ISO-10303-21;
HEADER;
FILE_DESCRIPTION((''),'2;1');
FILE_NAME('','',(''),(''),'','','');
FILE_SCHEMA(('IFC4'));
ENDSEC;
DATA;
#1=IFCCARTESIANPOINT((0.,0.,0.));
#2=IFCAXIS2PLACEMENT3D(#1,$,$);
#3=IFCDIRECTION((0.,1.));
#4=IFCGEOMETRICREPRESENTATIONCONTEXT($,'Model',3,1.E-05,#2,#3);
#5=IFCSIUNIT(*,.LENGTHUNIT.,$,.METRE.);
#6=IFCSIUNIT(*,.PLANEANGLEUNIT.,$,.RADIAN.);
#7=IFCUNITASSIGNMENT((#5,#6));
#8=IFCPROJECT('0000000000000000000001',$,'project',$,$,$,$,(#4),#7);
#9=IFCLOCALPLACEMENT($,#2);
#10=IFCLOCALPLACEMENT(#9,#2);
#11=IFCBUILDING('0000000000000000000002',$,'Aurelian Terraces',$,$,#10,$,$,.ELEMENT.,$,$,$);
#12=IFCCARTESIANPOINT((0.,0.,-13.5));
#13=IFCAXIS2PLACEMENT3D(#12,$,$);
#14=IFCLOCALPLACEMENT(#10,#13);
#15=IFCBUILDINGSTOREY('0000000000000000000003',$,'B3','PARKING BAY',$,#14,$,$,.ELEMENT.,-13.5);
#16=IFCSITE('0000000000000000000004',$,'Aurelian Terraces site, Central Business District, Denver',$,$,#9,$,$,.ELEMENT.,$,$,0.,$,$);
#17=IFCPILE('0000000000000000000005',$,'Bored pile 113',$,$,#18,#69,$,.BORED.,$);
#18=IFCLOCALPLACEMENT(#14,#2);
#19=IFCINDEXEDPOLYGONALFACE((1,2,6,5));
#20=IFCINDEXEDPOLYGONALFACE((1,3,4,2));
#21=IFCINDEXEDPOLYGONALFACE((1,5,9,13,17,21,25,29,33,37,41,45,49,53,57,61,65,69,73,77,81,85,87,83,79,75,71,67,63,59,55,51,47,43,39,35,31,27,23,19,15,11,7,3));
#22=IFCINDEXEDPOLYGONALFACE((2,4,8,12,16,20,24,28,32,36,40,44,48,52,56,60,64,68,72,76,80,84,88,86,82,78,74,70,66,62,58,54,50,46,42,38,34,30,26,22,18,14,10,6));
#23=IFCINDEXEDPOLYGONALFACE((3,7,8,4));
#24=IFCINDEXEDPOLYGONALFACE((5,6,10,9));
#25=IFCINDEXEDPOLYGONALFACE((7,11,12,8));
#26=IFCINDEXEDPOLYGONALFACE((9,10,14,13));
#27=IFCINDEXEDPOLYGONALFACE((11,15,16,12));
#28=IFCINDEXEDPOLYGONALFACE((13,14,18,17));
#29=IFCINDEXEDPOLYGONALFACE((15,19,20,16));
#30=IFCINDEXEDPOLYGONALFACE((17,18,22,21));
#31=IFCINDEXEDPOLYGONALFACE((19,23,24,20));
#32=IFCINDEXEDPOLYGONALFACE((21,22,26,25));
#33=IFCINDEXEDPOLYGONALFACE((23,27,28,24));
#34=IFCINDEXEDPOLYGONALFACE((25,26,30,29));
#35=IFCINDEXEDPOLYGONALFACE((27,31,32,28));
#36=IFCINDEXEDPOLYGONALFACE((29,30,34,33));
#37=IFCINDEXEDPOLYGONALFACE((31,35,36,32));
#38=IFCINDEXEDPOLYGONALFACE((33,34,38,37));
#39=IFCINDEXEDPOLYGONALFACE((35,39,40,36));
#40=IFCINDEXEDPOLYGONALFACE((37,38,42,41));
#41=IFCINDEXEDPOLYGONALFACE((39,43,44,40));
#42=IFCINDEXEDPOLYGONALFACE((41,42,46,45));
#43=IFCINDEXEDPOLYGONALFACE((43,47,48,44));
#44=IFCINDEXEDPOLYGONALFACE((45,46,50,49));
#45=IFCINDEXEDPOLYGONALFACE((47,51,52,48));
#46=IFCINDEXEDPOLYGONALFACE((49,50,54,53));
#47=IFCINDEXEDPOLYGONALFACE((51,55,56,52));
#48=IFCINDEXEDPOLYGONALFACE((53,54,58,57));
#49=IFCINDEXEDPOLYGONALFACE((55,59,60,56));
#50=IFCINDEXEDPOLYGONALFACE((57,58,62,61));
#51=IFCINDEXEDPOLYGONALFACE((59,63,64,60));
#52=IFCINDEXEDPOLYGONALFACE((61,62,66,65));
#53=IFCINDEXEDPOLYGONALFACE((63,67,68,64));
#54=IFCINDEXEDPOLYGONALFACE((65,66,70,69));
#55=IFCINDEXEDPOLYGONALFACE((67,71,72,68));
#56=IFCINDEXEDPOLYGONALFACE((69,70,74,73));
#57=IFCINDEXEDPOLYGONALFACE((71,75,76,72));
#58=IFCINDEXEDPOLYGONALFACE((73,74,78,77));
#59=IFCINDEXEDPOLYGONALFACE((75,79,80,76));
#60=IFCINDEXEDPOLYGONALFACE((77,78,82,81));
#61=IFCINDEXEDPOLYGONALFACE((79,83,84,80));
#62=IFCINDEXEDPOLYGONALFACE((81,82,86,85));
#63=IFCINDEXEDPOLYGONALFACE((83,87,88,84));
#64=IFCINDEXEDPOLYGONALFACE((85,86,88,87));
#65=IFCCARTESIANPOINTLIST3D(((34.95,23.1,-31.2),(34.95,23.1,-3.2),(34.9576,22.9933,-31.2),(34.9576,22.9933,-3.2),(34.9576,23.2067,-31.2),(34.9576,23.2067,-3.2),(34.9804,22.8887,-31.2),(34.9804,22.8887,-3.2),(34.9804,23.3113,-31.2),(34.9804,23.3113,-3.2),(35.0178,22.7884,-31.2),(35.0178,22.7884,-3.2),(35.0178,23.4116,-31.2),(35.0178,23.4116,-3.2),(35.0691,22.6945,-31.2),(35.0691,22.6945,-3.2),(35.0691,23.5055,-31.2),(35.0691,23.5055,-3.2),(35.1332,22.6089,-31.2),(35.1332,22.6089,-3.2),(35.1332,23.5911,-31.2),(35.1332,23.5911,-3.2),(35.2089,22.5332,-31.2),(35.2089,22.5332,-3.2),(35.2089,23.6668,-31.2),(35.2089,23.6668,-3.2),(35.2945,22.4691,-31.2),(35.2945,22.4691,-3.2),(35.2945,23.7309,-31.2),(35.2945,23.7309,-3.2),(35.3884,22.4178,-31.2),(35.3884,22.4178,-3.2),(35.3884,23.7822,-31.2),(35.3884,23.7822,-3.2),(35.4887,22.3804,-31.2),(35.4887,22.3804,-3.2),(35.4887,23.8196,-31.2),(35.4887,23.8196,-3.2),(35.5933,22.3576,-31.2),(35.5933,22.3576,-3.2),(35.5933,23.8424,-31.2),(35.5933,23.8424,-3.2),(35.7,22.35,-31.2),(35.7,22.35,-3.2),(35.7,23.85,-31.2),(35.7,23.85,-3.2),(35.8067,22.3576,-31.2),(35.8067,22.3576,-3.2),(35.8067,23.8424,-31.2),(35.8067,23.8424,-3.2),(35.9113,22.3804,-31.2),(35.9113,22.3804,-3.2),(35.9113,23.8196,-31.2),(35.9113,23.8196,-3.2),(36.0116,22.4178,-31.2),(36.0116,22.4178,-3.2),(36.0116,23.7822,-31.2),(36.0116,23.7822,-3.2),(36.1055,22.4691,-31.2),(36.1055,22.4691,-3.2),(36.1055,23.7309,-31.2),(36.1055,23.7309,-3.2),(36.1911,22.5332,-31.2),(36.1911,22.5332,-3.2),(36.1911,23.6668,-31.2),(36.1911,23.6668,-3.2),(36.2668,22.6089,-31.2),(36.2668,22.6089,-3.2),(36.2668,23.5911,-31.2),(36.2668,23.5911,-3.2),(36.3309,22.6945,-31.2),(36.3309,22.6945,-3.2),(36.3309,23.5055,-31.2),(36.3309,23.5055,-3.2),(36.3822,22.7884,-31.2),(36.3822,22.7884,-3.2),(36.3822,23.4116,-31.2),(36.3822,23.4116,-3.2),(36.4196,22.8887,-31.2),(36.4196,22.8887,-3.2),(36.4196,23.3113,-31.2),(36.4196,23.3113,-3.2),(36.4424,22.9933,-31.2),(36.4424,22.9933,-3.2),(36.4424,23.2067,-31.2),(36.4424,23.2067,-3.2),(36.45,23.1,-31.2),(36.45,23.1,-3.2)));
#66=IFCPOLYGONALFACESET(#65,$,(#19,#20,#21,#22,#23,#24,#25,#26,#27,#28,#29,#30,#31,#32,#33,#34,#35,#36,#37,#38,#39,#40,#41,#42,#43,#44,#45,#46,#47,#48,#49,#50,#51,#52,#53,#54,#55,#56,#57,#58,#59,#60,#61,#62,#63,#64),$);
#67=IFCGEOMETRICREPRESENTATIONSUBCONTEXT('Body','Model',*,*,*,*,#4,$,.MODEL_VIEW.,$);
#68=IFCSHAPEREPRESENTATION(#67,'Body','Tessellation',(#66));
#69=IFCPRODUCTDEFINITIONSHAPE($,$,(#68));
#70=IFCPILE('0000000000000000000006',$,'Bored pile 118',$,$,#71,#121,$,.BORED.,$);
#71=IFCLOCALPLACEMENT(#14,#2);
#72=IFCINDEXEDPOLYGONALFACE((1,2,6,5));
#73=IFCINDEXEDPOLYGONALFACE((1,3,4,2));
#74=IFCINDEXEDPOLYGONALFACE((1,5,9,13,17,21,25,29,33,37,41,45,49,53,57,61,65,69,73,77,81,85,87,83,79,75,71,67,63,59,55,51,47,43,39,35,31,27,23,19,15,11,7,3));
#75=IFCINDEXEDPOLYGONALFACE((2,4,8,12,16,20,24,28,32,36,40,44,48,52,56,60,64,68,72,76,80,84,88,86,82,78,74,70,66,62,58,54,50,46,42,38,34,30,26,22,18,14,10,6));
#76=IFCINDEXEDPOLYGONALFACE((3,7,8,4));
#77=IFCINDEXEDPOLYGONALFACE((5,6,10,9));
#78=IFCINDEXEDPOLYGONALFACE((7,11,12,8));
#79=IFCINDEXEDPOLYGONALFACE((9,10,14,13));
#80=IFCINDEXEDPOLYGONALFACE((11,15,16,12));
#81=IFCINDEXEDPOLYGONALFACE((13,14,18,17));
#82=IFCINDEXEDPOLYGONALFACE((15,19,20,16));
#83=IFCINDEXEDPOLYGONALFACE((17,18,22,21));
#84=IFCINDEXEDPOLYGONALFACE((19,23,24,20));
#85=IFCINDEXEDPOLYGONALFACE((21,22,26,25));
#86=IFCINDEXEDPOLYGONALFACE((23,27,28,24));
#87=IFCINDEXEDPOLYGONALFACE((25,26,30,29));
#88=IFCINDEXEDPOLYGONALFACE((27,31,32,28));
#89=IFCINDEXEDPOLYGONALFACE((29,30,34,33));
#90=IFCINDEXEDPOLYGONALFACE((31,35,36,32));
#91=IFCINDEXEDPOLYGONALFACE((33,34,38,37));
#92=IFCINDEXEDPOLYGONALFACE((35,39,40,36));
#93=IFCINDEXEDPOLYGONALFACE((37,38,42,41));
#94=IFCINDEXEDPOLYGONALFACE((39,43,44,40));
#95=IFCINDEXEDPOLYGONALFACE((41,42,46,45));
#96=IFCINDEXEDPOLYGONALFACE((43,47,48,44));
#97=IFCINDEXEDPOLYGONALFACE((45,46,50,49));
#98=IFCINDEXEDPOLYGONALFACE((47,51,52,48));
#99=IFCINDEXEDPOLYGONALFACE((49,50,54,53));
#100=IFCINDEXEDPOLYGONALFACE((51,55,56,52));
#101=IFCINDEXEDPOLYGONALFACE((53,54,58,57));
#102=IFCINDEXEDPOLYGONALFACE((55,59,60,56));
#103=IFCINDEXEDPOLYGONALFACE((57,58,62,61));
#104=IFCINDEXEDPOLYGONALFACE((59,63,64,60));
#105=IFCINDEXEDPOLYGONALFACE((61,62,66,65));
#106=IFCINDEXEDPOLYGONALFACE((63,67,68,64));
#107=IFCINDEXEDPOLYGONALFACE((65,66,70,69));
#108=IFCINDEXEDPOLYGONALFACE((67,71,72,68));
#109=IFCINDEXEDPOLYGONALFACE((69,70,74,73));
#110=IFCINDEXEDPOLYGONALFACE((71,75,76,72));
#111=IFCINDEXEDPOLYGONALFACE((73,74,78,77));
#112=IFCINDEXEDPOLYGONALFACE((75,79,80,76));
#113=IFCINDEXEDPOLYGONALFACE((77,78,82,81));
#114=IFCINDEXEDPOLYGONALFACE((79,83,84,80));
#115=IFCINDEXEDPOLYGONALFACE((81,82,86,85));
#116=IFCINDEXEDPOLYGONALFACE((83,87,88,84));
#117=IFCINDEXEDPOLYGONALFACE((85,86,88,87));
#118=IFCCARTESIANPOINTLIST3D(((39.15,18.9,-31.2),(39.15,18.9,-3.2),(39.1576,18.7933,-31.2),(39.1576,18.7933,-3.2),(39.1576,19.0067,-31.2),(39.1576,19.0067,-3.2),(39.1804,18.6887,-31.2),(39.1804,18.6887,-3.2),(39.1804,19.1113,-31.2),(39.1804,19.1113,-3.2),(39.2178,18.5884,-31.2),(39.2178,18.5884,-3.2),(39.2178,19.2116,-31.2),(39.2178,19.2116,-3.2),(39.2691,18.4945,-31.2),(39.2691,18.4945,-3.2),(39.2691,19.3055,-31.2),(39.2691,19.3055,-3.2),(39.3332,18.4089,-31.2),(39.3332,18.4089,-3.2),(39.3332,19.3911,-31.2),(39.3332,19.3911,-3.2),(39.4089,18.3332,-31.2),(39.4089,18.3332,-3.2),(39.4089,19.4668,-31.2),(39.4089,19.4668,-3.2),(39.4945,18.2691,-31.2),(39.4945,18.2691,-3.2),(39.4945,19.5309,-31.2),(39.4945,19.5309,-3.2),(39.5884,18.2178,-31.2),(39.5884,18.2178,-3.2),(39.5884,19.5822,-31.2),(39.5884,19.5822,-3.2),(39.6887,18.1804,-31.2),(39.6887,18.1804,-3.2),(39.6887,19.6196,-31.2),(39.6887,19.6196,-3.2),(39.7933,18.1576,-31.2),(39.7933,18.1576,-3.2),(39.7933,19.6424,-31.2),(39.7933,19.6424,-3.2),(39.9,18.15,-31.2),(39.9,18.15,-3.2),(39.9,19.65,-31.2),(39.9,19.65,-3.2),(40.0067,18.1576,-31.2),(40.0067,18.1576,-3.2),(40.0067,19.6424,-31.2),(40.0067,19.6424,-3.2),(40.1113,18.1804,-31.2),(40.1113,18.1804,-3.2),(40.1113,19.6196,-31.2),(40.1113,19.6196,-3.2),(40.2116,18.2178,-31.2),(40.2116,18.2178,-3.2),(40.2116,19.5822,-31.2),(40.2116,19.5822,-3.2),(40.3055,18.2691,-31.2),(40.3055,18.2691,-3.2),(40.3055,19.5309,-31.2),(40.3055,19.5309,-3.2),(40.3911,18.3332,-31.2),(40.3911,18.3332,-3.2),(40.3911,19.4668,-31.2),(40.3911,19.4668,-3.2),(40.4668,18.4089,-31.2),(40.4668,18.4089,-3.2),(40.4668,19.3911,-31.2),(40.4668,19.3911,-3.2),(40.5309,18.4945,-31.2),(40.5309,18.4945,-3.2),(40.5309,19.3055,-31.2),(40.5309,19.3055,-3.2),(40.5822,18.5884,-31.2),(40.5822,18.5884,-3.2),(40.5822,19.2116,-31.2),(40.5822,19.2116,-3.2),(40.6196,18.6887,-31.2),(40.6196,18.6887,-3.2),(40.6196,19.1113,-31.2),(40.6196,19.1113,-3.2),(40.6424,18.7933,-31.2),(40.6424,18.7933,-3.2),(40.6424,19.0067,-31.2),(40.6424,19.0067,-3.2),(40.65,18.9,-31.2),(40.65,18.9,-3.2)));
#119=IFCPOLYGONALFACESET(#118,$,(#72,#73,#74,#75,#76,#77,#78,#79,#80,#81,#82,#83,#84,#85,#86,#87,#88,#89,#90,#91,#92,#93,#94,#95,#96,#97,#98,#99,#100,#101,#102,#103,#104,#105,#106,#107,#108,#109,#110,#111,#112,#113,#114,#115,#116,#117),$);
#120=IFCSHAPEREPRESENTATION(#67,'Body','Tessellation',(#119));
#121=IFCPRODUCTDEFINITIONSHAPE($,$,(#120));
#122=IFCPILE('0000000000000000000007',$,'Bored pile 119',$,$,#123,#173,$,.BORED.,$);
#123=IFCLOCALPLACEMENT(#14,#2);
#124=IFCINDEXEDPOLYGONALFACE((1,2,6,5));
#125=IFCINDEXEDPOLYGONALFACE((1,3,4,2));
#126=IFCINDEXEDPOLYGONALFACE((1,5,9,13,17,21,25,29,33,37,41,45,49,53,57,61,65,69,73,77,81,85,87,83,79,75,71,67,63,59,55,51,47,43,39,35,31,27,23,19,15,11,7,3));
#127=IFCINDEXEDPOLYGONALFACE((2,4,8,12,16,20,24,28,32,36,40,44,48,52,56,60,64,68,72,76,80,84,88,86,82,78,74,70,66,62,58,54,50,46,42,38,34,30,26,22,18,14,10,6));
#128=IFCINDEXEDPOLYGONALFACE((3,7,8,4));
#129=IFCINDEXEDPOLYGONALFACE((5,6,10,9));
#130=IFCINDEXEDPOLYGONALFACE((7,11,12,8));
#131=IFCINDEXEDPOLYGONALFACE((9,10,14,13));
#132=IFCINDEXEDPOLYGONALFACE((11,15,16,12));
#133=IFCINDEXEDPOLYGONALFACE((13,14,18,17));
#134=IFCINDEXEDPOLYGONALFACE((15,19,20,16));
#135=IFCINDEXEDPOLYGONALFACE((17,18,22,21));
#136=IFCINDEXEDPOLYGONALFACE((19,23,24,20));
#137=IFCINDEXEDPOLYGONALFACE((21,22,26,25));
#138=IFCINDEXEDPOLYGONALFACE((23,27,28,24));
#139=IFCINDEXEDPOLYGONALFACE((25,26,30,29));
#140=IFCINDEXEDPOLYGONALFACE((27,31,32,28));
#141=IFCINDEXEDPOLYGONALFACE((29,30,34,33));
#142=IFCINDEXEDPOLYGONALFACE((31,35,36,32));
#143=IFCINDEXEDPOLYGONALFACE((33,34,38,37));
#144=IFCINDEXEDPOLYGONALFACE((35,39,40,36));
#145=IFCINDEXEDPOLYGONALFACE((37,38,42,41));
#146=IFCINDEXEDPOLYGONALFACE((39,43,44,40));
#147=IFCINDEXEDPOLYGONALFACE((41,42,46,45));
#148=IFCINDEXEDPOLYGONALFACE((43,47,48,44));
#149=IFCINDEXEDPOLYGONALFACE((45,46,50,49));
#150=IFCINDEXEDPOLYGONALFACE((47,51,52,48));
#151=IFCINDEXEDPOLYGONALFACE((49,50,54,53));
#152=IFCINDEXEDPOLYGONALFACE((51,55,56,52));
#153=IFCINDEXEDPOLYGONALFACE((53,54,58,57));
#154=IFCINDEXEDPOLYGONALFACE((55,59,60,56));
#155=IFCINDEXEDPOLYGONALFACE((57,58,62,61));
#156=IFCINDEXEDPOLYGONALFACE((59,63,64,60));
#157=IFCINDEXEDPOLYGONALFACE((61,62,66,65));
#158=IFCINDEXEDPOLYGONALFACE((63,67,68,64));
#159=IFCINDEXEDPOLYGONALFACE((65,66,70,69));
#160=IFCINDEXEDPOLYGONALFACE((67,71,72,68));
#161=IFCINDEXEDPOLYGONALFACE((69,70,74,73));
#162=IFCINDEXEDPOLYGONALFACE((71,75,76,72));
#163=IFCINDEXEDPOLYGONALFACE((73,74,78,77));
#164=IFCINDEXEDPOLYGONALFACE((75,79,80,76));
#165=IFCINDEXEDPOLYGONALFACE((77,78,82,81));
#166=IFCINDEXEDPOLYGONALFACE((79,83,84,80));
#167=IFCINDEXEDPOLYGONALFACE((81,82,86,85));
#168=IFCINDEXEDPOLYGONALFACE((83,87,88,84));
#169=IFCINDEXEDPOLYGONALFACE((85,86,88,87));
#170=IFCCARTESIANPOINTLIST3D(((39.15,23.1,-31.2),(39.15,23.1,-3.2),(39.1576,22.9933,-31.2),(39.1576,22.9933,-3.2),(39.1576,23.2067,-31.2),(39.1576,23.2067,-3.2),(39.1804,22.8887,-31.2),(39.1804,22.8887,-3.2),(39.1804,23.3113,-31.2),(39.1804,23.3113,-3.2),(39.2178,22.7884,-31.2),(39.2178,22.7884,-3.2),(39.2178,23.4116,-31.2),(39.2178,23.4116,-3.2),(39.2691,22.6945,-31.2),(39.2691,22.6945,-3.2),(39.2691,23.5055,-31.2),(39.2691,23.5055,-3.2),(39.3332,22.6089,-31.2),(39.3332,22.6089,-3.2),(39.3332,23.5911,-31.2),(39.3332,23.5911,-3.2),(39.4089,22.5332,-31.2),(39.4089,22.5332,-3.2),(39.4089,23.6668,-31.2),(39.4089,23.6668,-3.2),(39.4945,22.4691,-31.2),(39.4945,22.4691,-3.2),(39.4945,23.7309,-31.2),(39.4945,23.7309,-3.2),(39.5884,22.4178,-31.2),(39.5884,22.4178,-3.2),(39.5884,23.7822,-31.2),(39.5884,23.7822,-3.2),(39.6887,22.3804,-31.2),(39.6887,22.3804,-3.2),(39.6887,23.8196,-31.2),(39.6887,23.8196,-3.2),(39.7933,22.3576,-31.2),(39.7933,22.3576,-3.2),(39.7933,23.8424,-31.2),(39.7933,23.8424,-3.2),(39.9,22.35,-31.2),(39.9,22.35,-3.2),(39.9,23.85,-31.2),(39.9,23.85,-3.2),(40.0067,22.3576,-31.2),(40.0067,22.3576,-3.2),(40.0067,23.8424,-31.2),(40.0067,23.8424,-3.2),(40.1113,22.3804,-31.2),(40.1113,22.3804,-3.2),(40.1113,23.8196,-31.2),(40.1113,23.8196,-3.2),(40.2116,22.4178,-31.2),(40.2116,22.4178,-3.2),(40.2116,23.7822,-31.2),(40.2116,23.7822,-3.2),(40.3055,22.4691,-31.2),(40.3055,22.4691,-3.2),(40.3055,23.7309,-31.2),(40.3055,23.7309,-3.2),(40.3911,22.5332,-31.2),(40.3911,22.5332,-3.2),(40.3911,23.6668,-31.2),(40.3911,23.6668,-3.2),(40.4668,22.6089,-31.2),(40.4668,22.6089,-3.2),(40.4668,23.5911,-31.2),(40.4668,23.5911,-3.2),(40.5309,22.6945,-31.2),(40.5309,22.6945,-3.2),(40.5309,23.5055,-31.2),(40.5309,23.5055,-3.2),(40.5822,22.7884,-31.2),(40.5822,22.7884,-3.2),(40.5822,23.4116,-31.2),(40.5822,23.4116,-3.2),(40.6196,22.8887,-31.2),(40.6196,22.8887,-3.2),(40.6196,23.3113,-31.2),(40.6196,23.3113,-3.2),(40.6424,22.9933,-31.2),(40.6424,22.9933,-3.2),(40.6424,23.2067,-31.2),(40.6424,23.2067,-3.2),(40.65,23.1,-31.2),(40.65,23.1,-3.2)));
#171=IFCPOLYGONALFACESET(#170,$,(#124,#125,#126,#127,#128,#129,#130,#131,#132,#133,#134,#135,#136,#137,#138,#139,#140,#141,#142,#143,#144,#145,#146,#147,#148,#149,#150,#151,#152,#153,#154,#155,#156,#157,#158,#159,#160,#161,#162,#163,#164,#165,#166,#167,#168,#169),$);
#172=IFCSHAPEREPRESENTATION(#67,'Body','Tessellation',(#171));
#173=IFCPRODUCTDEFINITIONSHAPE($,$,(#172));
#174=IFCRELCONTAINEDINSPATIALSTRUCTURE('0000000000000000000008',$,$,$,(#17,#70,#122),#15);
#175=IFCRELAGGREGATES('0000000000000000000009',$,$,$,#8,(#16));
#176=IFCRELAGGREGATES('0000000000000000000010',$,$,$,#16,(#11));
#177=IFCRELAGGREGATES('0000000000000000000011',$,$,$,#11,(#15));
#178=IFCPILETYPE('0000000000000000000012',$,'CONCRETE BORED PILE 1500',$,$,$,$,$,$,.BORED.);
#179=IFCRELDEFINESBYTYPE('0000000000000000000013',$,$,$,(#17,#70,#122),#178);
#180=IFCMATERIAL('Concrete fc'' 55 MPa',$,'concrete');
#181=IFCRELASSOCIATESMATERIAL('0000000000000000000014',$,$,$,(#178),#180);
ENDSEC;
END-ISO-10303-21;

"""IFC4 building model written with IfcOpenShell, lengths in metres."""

from ifc_helpers import new_model, si_unit, direction, frame, origin, origin_2d, place, context, subcontext, project, spatial, circle, extrude, source, transform, mapped, material, material_profile, profile_set, type_object, element, save


model = new_model("IFC4")

# Units and contexts
model_context = context("Model", 3, precision=1e-05, world=origin(), true_north=direction((0.0, 1.0)))
body_context = subcontext(model_context, "Body", "Model", "MODEL_VIEW")
ifc_project = project(units=[si_unit("LENGTHUNIT", "METRE"), si_unit("PLANEANGLEUNIT", "RADIAN")], contexts=[model_context])

# Site, building, storey
site_placement = place(None, origin())
site = spatial("IfcSite", under=ifc_project, at=site_placement, Name="Aurelian Terraces site, Central Business District, Denver", CompositionType="ELEMENT", RefElevation=0.0)
building_placement = place(site_placement, origin())
building = spatial("IfcBuilding", under=site, at=building_placement, Name="Aurelian Terraces", CompositionType="ELEMENT")
storey_placement = place(building_placement, frame((0.0, 0.0, -13.5)))
storey = spatial("IfcBuildingStorey", under=building, at=storey_placement, Name="B3", Description="PARKING BAY", CompositionType="ELEMENT", Elevation=-13.5)

# Piles
ifc_material_1 = material(Name="Concrete fc' 55 MPa", Category="concrete")
ifc_material_profile_1 = material_profile(ifc_material_1, circle(Radius=0.75, at=origin_2d()))
ifc_profile_set_1 = profile_set([ifc_material_profile_1], Name="Concrete fc' 55 MPa")
pile_type = type_object("IfcPileType", Name="CONCRETE BORED PILE 1500", PredefinedType="BORED", material=ifc_profile_set_1)
shared_shape_1 = source(origin(), body_context, "Body", "SweptSolid", [
    extrude(circle(Radius=0.75, at=origin_2d()), origin(), (0.0, 0.0, 1.0), 28.0),
])
for number, where, z_axis, x_axis, name in (
    (1, (35.7, 23.1, -3.2), (0.0, 0.0, -1.0), (1.0, 0.0, 0.0), "Bored pile 113"),
    (2, (39.9, 18.9, -3.2), (0.0, 0.0, -1.0), (1.0, 0.0, 0.0), "Bored pile 118"),
    (3, (39.9, 23.1, -3.2), (0.0, 0.0, -1.0), (1.0, 0.0, 0.0), "Bored pile 119"),
):
    element("IfcPile", number, at=place(storey_placement, frame(where, z_axis=z_axis, x_axis=x_axis)), inside=storey, type_object=pile_type, Name=name, PredefinedType="BORED", context=body_context, shape_type="MappedRepresentation", body=[
        mapped(shared_shape_1, transform((0.0, 0.0, 0.0), scale=1.0)),
    ])

save(model, "model.ifc")
